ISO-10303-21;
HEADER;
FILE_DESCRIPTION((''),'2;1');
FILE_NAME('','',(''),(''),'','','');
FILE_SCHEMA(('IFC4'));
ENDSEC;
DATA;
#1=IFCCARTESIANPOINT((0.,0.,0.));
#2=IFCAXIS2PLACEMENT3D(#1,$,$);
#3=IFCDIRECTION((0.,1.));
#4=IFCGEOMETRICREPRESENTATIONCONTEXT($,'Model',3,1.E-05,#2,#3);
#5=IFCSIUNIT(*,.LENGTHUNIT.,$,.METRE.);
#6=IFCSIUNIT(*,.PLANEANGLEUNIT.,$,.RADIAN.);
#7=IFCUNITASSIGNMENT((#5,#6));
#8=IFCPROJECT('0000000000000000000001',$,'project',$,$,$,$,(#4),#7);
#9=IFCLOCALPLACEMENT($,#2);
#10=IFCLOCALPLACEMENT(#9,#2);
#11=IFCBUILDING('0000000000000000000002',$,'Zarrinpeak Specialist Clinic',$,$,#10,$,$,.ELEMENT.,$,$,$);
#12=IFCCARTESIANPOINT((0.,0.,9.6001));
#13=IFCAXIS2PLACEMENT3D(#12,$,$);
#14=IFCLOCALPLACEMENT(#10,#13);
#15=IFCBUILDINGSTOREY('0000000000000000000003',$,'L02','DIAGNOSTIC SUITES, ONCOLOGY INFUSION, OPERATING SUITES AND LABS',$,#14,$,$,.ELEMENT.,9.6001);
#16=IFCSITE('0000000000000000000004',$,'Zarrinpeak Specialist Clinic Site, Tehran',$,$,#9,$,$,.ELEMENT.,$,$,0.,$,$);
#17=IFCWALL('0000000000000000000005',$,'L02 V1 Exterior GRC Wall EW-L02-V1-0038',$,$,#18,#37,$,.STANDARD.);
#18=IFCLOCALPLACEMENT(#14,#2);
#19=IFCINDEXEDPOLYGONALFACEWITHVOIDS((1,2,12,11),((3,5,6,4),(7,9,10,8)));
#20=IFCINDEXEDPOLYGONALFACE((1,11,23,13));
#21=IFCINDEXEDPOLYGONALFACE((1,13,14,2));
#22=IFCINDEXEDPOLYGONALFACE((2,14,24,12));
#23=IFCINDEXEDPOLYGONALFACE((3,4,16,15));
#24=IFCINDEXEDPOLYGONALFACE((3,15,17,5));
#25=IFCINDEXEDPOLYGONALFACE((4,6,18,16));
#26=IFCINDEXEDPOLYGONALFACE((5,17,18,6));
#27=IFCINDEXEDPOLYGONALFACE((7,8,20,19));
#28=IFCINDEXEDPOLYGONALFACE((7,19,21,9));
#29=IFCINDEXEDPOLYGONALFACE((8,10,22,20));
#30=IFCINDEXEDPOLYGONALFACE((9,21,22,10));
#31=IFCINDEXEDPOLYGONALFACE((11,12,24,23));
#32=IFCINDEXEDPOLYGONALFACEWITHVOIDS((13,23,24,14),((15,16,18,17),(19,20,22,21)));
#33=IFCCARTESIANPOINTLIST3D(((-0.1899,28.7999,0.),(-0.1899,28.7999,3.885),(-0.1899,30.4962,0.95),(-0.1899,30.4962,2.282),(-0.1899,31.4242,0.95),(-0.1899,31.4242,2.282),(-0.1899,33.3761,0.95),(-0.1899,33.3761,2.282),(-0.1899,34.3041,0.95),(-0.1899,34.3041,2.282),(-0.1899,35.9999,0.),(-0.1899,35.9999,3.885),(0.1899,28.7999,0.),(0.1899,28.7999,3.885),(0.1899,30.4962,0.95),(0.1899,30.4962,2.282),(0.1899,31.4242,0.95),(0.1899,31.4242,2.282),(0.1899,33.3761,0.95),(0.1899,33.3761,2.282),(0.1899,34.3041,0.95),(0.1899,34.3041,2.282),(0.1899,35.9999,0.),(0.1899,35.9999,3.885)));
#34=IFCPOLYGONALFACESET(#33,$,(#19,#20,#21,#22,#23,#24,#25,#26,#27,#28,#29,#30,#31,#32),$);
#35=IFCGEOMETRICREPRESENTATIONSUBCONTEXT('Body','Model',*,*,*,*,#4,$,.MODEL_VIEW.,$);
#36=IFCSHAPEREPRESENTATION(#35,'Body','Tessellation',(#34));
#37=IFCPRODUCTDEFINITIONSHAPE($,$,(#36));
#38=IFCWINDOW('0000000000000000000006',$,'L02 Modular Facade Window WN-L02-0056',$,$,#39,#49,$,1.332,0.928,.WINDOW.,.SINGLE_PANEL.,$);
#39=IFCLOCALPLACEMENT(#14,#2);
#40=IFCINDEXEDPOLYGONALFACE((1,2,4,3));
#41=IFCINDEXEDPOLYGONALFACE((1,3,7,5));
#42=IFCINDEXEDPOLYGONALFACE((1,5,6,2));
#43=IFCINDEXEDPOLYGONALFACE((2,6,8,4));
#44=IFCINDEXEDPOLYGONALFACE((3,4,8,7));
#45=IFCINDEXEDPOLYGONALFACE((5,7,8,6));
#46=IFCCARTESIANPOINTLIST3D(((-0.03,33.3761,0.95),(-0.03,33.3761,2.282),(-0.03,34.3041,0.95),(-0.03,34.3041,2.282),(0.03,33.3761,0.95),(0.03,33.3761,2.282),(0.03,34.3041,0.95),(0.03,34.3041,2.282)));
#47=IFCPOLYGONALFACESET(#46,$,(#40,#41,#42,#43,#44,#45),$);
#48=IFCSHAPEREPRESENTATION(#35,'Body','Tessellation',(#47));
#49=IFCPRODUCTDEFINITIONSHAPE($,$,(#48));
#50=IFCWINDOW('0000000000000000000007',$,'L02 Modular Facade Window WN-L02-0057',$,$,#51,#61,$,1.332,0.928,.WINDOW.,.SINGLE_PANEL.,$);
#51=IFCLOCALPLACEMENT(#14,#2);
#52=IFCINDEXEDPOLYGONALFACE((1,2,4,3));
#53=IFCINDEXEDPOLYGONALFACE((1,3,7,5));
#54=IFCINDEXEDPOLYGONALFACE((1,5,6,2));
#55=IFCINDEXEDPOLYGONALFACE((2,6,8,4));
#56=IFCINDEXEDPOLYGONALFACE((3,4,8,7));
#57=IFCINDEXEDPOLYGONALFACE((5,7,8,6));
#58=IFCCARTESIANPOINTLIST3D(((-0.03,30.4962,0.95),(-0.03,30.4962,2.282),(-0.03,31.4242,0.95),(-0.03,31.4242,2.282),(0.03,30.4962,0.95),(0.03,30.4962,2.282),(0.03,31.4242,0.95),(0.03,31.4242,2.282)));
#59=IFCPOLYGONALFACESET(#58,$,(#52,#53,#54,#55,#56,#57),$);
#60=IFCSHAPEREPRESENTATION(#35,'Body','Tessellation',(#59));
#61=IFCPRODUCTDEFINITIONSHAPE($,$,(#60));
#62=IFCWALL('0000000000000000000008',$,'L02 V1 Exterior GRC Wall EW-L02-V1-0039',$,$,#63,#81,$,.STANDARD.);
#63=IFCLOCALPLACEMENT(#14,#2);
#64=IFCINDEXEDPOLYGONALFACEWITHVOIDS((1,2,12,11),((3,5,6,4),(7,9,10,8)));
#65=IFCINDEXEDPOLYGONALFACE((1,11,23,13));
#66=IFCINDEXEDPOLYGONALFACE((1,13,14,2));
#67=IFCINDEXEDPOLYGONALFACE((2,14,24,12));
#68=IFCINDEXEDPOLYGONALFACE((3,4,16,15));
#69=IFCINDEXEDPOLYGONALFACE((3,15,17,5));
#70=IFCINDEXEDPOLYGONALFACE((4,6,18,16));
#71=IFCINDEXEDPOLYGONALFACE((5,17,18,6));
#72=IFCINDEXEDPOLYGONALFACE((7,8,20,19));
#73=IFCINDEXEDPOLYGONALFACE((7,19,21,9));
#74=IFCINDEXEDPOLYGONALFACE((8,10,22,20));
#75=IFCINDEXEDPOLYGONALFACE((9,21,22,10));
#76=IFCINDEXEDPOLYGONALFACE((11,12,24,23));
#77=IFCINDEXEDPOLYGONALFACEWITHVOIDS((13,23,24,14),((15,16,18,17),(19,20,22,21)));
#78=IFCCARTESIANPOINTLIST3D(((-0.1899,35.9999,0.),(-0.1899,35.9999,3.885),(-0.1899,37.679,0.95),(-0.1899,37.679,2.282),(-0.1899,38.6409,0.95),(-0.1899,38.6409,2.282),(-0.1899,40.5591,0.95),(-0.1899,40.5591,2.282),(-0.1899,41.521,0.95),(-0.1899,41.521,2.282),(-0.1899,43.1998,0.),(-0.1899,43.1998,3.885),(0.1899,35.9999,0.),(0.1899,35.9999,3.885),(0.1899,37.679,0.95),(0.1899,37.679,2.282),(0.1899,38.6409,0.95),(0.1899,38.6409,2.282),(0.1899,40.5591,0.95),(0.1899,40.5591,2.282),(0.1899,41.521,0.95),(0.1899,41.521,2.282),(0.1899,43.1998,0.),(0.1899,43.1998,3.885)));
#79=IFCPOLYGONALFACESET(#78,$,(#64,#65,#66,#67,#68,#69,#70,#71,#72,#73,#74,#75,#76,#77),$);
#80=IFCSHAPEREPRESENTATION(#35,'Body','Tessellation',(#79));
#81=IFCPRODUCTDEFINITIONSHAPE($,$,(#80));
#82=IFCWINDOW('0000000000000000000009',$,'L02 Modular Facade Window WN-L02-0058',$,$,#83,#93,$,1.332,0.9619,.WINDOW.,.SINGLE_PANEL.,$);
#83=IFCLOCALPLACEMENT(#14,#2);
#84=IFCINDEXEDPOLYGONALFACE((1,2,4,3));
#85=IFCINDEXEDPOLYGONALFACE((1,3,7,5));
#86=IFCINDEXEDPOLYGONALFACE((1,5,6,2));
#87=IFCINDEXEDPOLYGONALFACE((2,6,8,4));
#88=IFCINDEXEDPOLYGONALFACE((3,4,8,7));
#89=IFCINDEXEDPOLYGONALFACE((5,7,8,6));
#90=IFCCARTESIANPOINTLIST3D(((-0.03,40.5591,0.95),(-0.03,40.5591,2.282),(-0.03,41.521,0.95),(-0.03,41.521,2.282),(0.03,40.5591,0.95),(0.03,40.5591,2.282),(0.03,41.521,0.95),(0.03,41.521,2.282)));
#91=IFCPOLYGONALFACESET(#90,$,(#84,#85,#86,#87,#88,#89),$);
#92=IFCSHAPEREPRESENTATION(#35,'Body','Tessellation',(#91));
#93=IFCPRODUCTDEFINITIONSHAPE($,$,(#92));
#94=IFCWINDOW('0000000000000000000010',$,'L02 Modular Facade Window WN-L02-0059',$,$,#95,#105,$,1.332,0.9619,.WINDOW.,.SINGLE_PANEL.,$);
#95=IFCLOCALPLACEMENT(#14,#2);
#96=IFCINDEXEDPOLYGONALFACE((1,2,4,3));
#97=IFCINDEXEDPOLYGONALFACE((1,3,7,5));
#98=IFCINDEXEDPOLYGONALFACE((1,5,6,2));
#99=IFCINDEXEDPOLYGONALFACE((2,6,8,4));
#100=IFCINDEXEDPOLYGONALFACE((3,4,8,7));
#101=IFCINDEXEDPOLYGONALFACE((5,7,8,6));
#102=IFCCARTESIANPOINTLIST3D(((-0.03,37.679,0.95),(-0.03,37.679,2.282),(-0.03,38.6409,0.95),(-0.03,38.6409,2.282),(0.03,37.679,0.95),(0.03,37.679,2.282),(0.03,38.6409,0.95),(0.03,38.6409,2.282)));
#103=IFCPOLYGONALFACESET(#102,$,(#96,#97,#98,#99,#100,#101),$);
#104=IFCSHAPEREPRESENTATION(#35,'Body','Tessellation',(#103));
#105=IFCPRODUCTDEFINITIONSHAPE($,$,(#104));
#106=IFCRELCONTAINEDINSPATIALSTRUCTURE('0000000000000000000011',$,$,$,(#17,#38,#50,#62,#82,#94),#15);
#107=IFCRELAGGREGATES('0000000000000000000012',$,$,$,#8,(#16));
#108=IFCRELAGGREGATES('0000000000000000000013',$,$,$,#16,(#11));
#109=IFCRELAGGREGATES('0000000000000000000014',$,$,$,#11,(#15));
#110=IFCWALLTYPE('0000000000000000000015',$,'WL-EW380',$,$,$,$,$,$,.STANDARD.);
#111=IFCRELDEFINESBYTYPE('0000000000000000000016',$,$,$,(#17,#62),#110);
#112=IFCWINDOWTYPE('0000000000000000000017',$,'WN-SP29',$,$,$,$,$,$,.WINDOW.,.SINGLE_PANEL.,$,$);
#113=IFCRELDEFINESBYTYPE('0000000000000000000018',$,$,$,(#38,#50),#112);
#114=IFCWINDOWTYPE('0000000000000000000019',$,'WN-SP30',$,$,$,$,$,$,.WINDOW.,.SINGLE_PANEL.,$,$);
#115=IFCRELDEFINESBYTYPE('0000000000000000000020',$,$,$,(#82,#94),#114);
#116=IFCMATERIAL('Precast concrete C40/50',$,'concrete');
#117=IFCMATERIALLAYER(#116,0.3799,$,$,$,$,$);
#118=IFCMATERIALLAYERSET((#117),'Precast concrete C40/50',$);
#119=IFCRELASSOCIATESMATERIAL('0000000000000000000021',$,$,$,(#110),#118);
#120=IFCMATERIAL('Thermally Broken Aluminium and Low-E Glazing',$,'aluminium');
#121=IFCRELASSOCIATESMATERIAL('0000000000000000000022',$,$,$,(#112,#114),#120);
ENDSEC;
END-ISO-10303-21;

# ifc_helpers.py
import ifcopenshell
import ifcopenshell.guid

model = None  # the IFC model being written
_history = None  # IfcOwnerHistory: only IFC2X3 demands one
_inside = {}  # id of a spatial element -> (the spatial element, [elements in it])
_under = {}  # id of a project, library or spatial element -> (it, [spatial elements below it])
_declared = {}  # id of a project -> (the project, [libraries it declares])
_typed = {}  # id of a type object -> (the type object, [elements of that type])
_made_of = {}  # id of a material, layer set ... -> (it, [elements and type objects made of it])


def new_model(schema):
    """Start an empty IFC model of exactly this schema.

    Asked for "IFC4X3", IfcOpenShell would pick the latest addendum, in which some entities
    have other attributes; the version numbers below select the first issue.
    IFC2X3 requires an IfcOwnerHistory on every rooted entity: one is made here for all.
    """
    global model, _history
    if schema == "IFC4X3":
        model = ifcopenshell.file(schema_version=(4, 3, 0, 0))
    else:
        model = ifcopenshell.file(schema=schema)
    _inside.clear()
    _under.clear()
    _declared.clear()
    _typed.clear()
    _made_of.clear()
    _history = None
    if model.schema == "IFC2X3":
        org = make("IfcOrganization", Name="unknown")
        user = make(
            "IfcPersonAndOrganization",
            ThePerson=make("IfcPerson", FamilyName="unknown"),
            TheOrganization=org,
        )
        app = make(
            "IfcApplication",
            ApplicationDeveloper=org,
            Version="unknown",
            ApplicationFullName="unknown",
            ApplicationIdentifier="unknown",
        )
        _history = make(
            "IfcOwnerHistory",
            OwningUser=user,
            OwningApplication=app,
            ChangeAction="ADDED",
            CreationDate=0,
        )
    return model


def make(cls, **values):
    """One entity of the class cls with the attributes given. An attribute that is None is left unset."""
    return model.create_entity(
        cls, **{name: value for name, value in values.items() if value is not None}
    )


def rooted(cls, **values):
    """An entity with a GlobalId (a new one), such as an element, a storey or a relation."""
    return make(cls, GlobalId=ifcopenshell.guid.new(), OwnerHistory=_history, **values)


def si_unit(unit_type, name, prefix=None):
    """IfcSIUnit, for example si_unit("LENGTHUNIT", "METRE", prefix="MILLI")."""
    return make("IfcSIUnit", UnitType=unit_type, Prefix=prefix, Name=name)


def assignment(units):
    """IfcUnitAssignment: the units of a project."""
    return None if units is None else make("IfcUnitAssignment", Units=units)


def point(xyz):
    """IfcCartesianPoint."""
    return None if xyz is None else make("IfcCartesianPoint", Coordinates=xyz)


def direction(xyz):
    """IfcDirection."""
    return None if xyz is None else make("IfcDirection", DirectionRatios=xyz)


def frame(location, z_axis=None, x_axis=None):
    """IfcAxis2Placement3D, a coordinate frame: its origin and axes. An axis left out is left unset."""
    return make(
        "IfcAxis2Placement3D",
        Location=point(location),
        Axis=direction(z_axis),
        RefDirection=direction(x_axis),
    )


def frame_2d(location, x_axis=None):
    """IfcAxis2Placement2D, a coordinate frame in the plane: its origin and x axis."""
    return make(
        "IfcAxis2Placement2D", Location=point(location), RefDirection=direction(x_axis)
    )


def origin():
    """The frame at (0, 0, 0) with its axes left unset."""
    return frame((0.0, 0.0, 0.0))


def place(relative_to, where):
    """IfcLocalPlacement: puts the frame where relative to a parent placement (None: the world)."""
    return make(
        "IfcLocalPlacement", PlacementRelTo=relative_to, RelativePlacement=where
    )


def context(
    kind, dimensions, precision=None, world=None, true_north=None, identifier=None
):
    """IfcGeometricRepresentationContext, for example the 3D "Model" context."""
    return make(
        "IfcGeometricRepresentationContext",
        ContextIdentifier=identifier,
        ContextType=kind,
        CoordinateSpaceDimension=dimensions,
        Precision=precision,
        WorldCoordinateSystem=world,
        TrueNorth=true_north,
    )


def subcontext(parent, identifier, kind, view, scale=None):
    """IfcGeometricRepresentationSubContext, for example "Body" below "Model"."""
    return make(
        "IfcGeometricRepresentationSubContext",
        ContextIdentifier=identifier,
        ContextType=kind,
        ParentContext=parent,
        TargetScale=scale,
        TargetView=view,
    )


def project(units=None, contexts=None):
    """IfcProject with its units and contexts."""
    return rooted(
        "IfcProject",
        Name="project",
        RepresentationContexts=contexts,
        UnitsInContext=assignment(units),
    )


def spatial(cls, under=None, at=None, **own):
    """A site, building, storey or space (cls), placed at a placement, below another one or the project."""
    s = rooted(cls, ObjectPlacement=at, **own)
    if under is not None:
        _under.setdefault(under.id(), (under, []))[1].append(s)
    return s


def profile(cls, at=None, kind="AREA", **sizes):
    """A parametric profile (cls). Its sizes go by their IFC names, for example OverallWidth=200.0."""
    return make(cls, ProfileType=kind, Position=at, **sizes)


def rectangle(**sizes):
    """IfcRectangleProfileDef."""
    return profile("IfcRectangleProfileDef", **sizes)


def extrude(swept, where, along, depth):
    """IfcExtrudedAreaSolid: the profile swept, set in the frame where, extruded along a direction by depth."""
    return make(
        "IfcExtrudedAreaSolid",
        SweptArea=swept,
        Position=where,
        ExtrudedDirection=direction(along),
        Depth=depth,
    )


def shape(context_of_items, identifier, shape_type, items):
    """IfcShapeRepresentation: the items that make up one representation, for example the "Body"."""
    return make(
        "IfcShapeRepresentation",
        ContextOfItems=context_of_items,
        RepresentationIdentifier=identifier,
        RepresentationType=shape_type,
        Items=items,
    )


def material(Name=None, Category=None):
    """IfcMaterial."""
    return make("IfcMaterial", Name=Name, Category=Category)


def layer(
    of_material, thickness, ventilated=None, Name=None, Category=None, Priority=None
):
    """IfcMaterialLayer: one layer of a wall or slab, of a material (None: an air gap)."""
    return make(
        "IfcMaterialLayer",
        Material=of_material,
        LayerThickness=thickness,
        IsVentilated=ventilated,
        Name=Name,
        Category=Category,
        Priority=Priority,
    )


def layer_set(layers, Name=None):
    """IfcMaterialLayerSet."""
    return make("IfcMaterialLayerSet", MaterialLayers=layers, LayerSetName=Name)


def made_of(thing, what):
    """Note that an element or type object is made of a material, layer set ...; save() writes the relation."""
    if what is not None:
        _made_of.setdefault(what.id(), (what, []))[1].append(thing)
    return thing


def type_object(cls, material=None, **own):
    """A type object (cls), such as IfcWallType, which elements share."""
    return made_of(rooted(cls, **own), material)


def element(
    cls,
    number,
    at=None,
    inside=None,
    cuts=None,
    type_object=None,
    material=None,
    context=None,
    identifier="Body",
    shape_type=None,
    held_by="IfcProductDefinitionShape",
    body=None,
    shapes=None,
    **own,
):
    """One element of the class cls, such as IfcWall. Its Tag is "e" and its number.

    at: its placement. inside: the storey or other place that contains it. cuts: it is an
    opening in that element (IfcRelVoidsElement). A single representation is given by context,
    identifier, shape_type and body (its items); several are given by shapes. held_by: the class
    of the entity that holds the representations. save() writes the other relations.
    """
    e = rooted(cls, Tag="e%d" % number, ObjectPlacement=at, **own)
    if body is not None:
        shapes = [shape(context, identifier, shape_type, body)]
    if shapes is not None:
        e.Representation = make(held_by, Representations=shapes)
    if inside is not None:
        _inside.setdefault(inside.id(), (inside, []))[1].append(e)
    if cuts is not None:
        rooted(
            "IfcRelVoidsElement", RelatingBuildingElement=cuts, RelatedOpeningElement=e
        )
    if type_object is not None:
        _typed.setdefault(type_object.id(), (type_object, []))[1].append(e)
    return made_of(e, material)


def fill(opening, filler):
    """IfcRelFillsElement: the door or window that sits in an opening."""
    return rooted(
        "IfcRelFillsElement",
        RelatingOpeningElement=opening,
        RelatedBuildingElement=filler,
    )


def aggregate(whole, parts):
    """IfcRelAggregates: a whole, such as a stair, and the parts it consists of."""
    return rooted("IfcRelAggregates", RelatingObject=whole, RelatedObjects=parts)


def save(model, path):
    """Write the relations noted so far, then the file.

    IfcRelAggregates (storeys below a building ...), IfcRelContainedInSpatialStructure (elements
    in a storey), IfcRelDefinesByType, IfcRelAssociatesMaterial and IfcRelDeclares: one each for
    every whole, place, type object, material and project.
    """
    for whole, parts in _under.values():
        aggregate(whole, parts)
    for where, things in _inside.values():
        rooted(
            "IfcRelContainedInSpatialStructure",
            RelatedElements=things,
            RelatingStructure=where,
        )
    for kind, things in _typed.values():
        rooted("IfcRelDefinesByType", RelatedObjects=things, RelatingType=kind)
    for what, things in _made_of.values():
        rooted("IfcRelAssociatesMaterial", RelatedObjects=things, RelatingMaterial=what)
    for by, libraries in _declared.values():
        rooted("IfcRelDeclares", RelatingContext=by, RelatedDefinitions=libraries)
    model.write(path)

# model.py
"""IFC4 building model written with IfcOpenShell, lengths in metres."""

from ifc_helpers import new_model, si_unit, direction, frame, frame_2d, origin, place, context, subcontext, project, spatial, rectangle, extrude, material, layer, layer_set, type_object, element, fill, save


model = new_model("IFC4")

# Units and contexts
model_context = context("Model", 3, precision=1e-05, world=origin(), true_north=direction((0.0, 1.0)))
body_context = subcontext(model_context, "Body", "Model", "MODEL_VIEW")
ifc_project = project(units=[si_unit("LENGTHUNIT", "METRE"), si_unit("PLANEANGLEUNIT", "RADIAN")], contexts=[model_context])

# Site, building, storey
site_placement = place(None, origin())
site = spatial("IfcSite", under=ifc_project, at=site_placement, Name="Zarrinpeak Specialist Clinic Site, Tehran", CompositionType="ELEMENT", RefElevation=0.0)
building_placement = place(site_placement, origin())
building = spatial("IfcBuilding", under=site, at=building_placement, Name="Zarrinpeak Specialist Clinic", CompositionType="ELEMENT")
storey_placement = place(building_placement, frame((0.0, 0.0, 9.6001)))
storey = spatial("IfcBuildingStorey", under=building, at=storey_placement, Name="L02", Description="DIAGNOSTIC SUITES, ONCOLOGY INFUSION, OPERATING SUITES AND LABS", CompositionType="ELEMENT", Elevation=9.6001)

# Walls, openings, windows
ifc_material_1 = material(Name="Precast concrete C40/50", Category="concrete")
ifc_layer = layer(ifc_material_1, 0.3799)
ifc_layer_set = layer_set([ifc_layer], Name="Precast concrete C40/50")
wall_type = type_object("IfcWallType", Name="WL-EW380", PredefinedType="STANDARD", material=ifc_layer_set)
wall_1_placement = place(storey_placement, frame((0.0, 36.0, 0.0), z_axis=(0.0, 0.0, 1.0), x_axis=(0.0, -1.0, 0.0)))
wall_1 = element("IfcWall", 1, at=wall_1_placement, inside=storey, type_object=wall_type, Name="L02 V1 Exterior GRC Wall EW-L02-V1-0038", PredefinedType="STANDARD", context=body_context, shape_type="SweptSolid", body=[
    extrude(rectangle(XDim=7.2, YDim=0.3799, at=frame_2d((3.6001, 0.0))), origin(), (0.0, 0.0, 1.0), 3.885),
])
opening_1_placement = place(wall_1_placement, frame((1.696, 0.0, 0.95)))
opening_1 = element("IfcOpeningElement", 2, at=opening_1_placement, cuts=wall_1, PredefinedType="OPENING", context=body_context, shape_type="SweptSolid", body=[
    extrude(rectangle(XDim=0.928, YDim=1.332, at=frame_2d((0.4639, 0.666))), frame((0.0, 0.2, 0.0), z_axis=(0.0, -1.0, 0.0), x_axis=(1.0, 0.0, 0.0)), (0.0, 0.0, 1.0), 0.3999),
])
opening_2_placement = place(wall_1_placement, frame((4.5759, 0.0, 0.95)))
opening_2 = element("IfcOpeningElement", 3, at=opening_2_placement, cuts=wall_1, PredefinedType="OPENING", context=body_context, shape_type="SweptSolid", body=[
    extrude(rectangle(XDim=0.928, YDim=1.332, at=frame_2d((0.4639, 0.666))), frame((0.0, 0.2, 0.0), z_axis=(0.0, -1.0, 0.0), x_axis=(1.0, 0.0, 0.0)), (0.0, 0.0, 1.0), 0.3999),
])
ifc_material_2 = material(Name="Thermally Broken Aluminium and Low-E Glazing", Category="aluminium")
window_type_1 = type_object("IfcWindowType", Name="WN-SP29", PartitioningType="SINGLE_PANEL", PredefinedType="WINDOW", material=ifc_material_2)
window_1_placement = place(opening_1_placement, origin())
window_1 = element("IfcWindow", 4, at=window_1_placement, inside=storey, type_object=window_type_1, Name="L02 Modular Facade Window WN-L02-0056", OverallHeight=1.332, OverallWidth=0.928, PartitioningType="SINGLE_PANEL", PredefinedType="WINDOW", context=body_context, shape_type="SweptSolid", body=[
    extrude(rectangle(XDim=0.928, YDim=1.332, at=frame_2d((0.4639, 0.666))), frame((0.0, 0.03, 0.0), z_axis=(0.0, -1.0, 0.0), x_axis=(1.0, 0.0, 0.0)), (0.0, 0.0, 1.0), 0.0601),
])
fill(opening_1, window_1)
window_2_placement = place(opening_2_placement, origin())
window_2 = element("IfcWindow", 5, at=window_2_placement, inside=storey, type_object=window_type_1, Name="L02 Modular Facade Window WN-L02-0057", OverallHeight=1.332, OverallWidth=0.928, PartitioningType="SINGLE_PANEL", PredefinedType="WINDOW", context=body_context, shape_type="SweptSolid", body=[
    extrude(rectangle(XDim=0.928, YDim=1.332, at=frame_2d((0.4639, 0.666))), frame((0.0, 0.03, 0.0), z_axis=(0.0, -1.0, 0.0), x_axis=(1.0, 0.0, 0.0)), (0.0, 0.0, 1.0), 0.0601),
])
fill(opening_2, window_2)
wall_2_placement = place(storey_placement, frame((0.0, 43.2, 0.0), z_axis=(0.0, 0.0, 1.0), x_axis=(0.0, -1.0, 0.0)))
wall_2 = element("IfcWall", 6, at=wall_2_placement, inside=storey, type_object=wall_type, Name="L02 V1 Exterior GRC Wall EW-L02-V1-0039", PredefinedType="STANDARD", context=body_context, shape_type="SweptSolid", body=[
    extrude(rectangle(XDim=7.2, YDim=0.3799, at=frame_2d((3.6001, 0.0))), origin(), (0.0, 0.0, 1.0), 3.885),
])
opening_3_placement = place(wall_2_placement, frame((1.679, 0.0, 0.95)))
opening_3 = element("IfcOpeningElement", 7, at=opening_3_placement, cuts=wall_2, PredefinedType="OPENING", context=body_context, shape_type="SweptSolid", body=[
    extrude(rectangle(XDim=0.9619, YDim=1.332, at=frame_2d((0.481, 0.666))), frame((0.0, 0.2, 0.0), z_axis=(0.0, -1.0, 0.0), x_axis=(1.0, 0.0, 0.0)), (0.0, 0.0, 1.0), 0.3999),
])
opening_4_placement = place(wall_2_placement, frame((4.5591, 0.0, 0.95)))
opening_4 = element("IfcOpeningElement", 8, at=opening_4_placement, cuts=wall_2, PredefinedType="OPENING", context=body_context, shape_type="SweptSolid", body=[
    extrude(rectangle(XDim=0.9619, YDim=1.332, at=frame_2d((0.481, 0.666))), frame((0.0, 0.2, 0.0), z_axis=(0.0, -1.0, 0.0), x_axis=(1.0, 0.0, 0.0)), (0.0, 0.0, 1.0), 0.3999),
])
window_type_2 = type_object("IfcWindowType", Name="WN-SP30", PartitioningType="SINGLE_PANEL", PredefinedType="WINDOW", material=ifc_material_2)
window_3_placement = place(opening_3_placement, origin())
window_3 = element("IfcWindow", 9, at=window_3_placement, inside=storey, type_object=window_type_2, Name="L02 Modular Facade Window WN-L02-0058", OverallHeight=1.332, OverallWidth=0.9619, PartitioningType="SINGLE_PANEL", PredefinedType="WINDOW", context=body_context, shape_type="SweptSolid", body=[
    extrude(rectangle(XDim=0.9619, YDim=1.332, at=frame_2d((0.481, 0.666))), frame((0.0, 0.03, 0.0), z_axis=(0.0, -1.0, 0.0), x_axis=(1.0, 0.0, 0.0)), (0.0, 0.0, 1.0), 0.0601),
])
fill(opening_3, window_3)
window_4_placement = place(opening_4_placement, origin())
window_4 = element("IfcWindow", 10, at=window_4_placement, inside=storey, type_object=window_type_2, Name="L02 Modular Facade Window WN-L02-0059", OverallHeight=1.332, OverallWidth=0.9619, PartitioningType="SINGLE_PANEL", PredefinedType="WINDOW", context=body_context, shape_type="SweptSolid", body=[
    extrude(rectangle(XDim=0.9619, YDim=1.332, at=frame_2d((0.481, 0.666))), frame((0.0, 0.03, 0.0), z_axis=(0.0, -1.0, 0.0), x_axis=(1.0, 0.0, 0.0)), (0.0, 0.0, 1.0), 0.0601),
])
fill(opening_4, window_4)

save(model, "model.ifc")
